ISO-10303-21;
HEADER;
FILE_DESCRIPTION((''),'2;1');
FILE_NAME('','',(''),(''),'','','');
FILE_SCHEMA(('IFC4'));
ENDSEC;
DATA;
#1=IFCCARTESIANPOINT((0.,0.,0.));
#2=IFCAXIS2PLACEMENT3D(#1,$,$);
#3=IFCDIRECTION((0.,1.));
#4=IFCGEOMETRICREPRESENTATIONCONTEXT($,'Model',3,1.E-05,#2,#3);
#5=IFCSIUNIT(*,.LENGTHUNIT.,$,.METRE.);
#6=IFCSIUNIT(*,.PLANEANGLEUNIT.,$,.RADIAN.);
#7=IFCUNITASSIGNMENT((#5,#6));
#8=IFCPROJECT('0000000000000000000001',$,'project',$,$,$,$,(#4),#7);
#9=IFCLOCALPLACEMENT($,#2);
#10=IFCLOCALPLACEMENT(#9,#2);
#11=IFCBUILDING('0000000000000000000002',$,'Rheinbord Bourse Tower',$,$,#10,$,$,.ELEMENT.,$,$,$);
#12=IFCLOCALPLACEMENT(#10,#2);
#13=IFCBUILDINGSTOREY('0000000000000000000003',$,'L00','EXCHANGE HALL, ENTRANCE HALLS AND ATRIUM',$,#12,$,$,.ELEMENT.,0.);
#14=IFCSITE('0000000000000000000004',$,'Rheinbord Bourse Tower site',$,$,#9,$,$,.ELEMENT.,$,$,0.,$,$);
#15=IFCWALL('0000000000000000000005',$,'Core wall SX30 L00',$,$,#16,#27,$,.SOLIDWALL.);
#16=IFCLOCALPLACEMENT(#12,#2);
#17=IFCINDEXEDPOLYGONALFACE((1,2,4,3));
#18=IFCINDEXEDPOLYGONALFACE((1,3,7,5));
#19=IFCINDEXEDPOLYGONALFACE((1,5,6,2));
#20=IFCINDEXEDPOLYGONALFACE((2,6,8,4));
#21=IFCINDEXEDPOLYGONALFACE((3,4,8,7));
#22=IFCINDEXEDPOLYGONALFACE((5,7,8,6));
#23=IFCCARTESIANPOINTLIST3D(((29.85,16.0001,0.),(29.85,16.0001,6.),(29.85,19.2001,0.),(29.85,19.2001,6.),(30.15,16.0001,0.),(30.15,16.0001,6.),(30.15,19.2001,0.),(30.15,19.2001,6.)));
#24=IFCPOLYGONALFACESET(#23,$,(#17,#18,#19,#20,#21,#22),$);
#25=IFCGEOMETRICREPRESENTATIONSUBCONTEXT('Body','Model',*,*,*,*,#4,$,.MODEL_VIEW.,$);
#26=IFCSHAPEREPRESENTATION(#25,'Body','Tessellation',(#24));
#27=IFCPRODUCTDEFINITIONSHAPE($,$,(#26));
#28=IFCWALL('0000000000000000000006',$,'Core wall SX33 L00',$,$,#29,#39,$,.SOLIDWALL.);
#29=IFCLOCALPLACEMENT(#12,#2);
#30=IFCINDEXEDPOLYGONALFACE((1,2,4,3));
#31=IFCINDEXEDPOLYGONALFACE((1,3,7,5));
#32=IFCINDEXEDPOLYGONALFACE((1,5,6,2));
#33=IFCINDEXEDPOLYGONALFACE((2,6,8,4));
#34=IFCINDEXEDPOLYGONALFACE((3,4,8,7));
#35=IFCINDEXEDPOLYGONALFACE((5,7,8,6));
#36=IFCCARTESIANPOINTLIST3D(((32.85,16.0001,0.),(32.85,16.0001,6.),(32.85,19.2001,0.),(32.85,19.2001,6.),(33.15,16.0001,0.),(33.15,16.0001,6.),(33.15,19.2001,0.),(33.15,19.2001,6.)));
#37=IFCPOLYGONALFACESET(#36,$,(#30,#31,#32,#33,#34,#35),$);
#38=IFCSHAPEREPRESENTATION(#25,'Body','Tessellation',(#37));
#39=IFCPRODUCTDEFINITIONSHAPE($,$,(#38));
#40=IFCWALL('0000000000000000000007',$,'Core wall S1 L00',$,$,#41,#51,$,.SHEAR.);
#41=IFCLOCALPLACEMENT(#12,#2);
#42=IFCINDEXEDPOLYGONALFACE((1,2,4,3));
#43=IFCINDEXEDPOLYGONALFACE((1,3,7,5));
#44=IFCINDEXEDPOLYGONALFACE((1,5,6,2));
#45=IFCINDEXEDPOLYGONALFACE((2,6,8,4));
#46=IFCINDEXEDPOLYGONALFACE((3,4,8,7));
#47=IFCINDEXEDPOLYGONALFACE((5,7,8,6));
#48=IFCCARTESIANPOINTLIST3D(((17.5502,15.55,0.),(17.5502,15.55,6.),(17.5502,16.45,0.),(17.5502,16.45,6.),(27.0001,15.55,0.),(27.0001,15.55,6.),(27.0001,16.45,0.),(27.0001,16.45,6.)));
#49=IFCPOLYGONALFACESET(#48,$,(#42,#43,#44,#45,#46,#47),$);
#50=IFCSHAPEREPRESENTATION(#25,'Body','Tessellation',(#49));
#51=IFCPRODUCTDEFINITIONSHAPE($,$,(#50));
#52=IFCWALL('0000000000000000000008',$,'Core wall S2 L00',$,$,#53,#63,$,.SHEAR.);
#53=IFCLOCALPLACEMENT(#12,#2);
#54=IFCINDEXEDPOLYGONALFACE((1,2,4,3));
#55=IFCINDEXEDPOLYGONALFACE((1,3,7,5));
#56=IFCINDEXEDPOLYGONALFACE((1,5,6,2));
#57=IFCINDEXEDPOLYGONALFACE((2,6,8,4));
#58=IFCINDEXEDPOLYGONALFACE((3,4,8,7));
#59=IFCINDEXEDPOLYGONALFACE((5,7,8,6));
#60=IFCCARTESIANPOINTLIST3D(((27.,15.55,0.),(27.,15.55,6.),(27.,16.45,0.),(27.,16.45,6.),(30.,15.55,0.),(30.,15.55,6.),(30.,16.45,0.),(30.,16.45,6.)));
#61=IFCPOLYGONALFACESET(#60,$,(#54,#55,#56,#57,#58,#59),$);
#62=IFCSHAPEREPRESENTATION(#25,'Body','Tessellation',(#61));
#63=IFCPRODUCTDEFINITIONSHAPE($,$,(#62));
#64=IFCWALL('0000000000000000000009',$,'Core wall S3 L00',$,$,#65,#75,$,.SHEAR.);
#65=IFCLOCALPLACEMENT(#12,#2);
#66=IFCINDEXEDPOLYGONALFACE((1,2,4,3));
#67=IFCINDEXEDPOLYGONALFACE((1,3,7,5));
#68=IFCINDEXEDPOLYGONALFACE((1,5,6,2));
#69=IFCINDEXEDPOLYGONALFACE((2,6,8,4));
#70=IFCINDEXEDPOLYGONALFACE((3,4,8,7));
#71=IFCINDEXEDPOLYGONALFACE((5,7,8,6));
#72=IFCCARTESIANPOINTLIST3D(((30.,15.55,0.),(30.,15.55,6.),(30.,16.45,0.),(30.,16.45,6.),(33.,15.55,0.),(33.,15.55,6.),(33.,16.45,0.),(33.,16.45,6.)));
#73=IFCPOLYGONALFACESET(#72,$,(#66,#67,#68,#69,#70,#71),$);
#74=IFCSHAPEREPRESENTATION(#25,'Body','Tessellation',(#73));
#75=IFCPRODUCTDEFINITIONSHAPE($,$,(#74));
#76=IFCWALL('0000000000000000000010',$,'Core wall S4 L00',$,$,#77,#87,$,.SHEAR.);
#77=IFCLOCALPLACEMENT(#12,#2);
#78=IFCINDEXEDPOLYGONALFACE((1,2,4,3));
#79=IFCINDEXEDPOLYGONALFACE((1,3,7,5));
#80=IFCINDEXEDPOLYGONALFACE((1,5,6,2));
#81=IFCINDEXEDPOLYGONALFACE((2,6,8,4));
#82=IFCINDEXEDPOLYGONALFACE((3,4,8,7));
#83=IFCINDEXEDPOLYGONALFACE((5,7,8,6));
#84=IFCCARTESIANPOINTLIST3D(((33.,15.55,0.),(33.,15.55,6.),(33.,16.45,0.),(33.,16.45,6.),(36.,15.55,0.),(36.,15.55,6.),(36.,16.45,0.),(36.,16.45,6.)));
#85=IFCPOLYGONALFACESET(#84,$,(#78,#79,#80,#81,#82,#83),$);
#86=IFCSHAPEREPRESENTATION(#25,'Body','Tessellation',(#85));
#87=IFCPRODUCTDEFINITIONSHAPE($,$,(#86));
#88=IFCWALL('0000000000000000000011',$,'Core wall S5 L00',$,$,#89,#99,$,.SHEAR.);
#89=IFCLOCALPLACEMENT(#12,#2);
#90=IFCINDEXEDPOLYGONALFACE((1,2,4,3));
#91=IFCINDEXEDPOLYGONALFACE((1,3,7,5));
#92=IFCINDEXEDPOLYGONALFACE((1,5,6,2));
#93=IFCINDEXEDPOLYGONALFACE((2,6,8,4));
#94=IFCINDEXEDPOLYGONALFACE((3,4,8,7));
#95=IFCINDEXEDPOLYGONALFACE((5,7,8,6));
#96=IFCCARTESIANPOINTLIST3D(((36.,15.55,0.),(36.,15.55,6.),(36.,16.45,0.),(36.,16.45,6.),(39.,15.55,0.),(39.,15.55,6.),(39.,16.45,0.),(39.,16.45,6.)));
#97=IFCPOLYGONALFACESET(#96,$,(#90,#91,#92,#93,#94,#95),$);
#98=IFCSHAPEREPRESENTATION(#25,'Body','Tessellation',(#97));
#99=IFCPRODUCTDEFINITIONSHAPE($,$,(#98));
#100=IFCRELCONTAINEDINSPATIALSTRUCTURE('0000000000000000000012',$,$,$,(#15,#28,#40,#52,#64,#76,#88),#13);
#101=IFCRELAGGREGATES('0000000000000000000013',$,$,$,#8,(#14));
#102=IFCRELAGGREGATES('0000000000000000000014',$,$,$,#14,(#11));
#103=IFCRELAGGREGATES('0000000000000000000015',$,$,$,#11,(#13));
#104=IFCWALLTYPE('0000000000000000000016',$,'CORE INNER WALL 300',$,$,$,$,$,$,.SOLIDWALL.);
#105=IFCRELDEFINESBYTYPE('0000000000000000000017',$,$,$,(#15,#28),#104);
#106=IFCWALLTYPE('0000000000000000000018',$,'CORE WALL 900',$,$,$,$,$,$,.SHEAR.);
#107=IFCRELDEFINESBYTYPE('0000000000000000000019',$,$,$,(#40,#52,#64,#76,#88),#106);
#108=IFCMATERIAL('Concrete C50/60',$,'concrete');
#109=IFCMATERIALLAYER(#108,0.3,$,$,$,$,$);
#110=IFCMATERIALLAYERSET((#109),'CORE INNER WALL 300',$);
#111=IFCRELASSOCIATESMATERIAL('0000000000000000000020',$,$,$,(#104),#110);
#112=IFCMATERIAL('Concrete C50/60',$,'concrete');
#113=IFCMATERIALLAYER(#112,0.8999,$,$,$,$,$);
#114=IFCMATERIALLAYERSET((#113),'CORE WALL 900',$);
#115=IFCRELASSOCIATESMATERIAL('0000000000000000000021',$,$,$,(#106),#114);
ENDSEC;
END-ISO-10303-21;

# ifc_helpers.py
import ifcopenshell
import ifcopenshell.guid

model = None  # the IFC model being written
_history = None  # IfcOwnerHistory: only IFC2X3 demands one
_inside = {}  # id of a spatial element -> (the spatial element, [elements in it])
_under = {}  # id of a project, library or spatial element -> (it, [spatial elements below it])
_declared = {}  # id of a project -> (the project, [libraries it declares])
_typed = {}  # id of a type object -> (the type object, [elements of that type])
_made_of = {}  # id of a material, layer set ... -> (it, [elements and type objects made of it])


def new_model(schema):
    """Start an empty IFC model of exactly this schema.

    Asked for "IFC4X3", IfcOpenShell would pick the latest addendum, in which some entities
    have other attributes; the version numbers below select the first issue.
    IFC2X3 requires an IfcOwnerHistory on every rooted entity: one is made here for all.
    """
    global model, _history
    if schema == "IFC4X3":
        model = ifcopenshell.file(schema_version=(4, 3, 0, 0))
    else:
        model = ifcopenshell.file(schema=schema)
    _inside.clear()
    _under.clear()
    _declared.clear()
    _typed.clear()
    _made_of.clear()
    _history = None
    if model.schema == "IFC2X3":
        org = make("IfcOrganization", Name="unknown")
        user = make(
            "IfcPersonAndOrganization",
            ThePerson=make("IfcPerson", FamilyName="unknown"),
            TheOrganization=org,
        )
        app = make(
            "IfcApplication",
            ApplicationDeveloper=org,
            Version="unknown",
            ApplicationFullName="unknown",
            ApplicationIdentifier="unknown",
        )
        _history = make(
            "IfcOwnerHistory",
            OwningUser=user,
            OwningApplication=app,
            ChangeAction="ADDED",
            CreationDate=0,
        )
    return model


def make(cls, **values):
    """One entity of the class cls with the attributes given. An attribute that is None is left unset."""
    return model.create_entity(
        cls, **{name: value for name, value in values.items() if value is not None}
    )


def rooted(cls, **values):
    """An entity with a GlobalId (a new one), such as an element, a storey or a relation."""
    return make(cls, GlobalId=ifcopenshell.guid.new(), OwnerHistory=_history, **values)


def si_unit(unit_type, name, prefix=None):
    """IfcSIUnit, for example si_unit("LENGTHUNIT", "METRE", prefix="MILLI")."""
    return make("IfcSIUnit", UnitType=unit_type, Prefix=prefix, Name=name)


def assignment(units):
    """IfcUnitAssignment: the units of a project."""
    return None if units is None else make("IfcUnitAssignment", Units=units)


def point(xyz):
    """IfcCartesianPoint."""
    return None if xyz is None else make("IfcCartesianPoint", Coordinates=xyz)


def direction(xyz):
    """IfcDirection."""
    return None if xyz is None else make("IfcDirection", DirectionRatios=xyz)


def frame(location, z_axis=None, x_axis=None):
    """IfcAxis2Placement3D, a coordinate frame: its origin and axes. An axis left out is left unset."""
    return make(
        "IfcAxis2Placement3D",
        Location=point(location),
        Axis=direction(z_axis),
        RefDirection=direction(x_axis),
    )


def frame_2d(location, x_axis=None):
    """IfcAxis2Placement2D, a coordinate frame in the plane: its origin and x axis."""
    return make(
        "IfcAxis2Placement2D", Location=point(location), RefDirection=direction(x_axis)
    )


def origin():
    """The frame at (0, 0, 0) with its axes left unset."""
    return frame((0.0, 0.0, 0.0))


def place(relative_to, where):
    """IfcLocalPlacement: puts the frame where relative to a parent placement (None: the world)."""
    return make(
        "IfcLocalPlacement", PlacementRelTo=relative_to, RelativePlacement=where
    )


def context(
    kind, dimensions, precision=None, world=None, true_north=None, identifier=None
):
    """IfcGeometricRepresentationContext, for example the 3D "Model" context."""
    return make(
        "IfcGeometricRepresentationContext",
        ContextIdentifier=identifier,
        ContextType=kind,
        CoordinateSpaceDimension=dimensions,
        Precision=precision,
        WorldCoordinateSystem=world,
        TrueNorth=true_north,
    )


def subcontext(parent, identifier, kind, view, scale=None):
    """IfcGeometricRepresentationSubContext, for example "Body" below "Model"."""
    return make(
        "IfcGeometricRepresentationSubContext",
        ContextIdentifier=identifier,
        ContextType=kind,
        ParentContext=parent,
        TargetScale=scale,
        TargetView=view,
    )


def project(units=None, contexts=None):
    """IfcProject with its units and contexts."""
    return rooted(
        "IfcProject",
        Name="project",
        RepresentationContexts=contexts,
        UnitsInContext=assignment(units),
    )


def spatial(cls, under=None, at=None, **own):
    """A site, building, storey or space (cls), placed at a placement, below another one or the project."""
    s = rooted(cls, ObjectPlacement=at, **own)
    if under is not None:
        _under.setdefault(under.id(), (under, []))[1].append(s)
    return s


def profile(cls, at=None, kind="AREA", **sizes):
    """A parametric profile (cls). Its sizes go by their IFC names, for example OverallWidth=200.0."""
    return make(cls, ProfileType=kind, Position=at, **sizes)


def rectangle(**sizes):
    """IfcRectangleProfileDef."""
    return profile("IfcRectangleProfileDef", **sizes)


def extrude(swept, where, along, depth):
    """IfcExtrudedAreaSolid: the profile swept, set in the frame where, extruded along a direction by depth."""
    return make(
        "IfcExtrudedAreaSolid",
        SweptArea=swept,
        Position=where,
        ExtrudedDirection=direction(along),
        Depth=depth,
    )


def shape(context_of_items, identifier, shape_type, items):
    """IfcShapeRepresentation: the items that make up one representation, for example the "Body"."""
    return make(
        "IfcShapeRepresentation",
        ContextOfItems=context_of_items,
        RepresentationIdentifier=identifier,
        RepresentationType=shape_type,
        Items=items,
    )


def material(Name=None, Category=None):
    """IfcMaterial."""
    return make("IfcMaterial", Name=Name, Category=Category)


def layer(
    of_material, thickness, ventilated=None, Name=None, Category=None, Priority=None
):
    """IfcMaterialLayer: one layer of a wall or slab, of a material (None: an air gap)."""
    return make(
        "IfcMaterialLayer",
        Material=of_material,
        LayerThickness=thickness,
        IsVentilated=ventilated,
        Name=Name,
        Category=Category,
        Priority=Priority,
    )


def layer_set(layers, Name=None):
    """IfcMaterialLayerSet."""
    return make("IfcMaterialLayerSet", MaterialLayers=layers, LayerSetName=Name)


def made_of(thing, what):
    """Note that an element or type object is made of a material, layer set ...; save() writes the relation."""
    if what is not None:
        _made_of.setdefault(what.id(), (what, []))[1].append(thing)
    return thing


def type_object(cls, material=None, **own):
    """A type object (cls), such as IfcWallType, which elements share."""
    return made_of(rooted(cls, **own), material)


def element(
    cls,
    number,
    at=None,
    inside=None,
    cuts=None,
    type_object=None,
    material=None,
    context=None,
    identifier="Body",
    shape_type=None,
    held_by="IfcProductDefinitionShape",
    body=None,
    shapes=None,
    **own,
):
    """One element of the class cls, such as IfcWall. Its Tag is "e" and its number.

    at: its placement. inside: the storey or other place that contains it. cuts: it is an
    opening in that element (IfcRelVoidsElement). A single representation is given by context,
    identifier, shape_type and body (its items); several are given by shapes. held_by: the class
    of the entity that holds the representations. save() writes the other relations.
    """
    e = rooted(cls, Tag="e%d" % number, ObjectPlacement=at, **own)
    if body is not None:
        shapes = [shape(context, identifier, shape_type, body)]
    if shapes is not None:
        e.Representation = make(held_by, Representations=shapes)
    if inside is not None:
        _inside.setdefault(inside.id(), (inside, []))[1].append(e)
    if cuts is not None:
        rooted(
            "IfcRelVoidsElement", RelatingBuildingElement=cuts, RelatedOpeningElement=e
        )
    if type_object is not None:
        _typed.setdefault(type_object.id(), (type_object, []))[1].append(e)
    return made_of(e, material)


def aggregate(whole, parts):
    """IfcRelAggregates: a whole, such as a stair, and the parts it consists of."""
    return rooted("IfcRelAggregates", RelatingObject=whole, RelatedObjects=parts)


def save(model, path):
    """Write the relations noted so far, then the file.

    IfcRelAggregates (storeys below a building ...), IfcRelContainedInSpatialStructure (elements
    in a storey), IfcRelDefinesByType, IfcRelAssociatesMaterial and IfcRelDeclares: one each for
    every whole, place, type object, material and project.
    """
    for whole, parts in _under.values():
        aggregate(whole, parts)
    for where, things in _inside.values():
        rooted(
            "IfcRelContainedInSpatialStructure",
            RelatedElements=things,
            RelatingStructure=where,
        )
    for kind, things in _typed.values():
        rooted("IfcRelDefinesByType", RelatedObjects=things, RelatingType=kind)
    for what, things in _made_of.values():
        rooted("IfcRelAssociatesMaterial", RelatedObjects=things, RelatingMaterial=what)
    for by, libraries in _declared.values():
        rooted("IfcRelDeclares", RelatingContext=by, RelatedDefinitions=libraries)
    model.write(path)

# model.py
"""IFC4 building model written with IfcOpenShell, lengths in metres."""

from ifc_helpers import new_model, si_unit, direction, frame, frame_2d, origin, place, context, subcontext, project, spatial, rectangle, extrude, material, layer, layer_set, type_object, element, save


model = new_model("IFC4")

# Units and contexts
model_context = context("Model", 3, precision=1e-05, world=origin(), true_north=direction((0.0, 1.0)))
body_context = subcontext(model_context, "Body", "Model", "MODEL_VIEW")
ifc_project = project(units=[si_unit("LENGTHUNIT", "METRE"), si_unit("PLANEANGLEUNIT", "RADIAN")], contexts=[model_context])

# Site, building, storey
site_placement = place(None, origin())
site = spatial("IfcSite", under=ifc_project, at=site_placement, Name="Rheinbord Bourse Tower site", CompositionType="ELEMENT", RefElevation=0.0)
building_placement = place(site_placement, origin())
building = spatial("IfcBuilding", under=site, at=building_placement, Name="Rheinbord Bourse Tower", CompositionType="ELEMENT")
storey_placement = place(building_placement, origin())
storey = spatial("IfcBuildingStorey", under=building, at=storey_placement, Name="L00", Description="EXCHANGE HALL, ENTRANCE HALLS AND ATRIUM", CompositionType="ELEMENT", Elevation=0.0)

# Walls
ifc_material_1 = material(Name="Concrete C50/60", Category="concrete")
ifc_layer_1 = layer(ifc_material_1, 0.3)
ifc_layer_set_1 = layer_set([ifc_layer_1], Name="CORE INNER WALL 300")
wall_type_1 = type_object("IfcWallType", Name="CORE INNER WALL 300", PredefinedType="SOLIDWALL", material=ifc_layer_set_1)
for number, where, z_axis, x_axis, name in (
    (1, (30.0, 16.0, 0.0), (0.0, 0.0, 1.0), (0.0, 1.0, 0.0), "Core wall SX30 L00"),
    (2, (33.0, 16.0, 0.0), (0.0, 0.0, 1.0), (0.0, 1.0, 0.0), "Core wall SX33 L00"),
):
    element("IfcWall", number, at=place(storey_placement, frame(where, z_axis=z_axis, x_axis=x_axis)), inside=storey, type_object=wall_type_1, Name=name, PredefinedType="SOLIDWALL", context=body_context, shape_type="SweptSolid", body=[
        extrude(rectangle(XDim=3.2, YDim=0.3, at=frame_2d((1.6001, 0.0))), origin(), (0.0, 0.0, 1.0), 6.0),
    ])
ifc_material_2 = material(Name="Concrete C50/60", Category="concrete")
ifc_layer_2 = layer(ifc_material_2, 0.8999)
ifc_layer_set_2 = layer_set([ifc_layer_2], Name="CORE WALL 900")
wall_type_2 = type_object("IfcWallType", Name="CORE WALL 900", PredefinedType="SHEAR", material=ifc_layer_set_2)
wall_placement = place(storey_placement, frame((17.55, 16.0, 0.0), z_axis=(0.0, 0.0, 1.0), x_axis=(1.0, 0.0, 0.0)))
element("IfcWall", 3, at=wall_placement, inside=storey, type_object=wall_type_2, Name="Core wall S1 L00", PredefinedType="SHEAR", context=body_context, shape_type="SweptSolid", body=[
    extrude(rectangle(XDim=9.45, YDim=0.8999, at=frame_2d((4.7251, 0.0))), origin(), (0.0, 0.0, 1.0), 6.0),
])
for number, where, z_axis, x_axis, name in (
    (4, (27.0, 16.0, 0.0), (0.0, 0.0, 1.0), (1.0, 0.0, 0.0), "Core wall S2 L00"),
    (5, (30.0, 16.0, 0.0), (0.0, 0.0, 1.0), (1.0, 0.0, 0.0), "Core wall S3 L00"),
    (6, (33.0, 16.0, 0.0), (0.0, 0.0, 1.0), (1.0, 0.0, 0.0), "Core wall S4 L00"),
    (7, (36.0, 16.0, 0.0), (0.0, 0.0, 1.0), (1.0, 0.0, 0.0), "Core wall S5 L00"),
):
    element("IfcWall", number, at=place(storey_placement, frame(where, z_axis=z_axis, x_axis=x_axis)), inside=storey, type_object=wall_type_2, Name=name, PredefinedType="SHEAR", context=body_context, shape_type="SweptSolid", body=[
        extrude(rectangle(XDim=3.0, YDim=0.8999, at=frame_2d((1.5, 0.0))), origin(), (0.0, 0.0, 1.0), 6.0),
    ])

save(model, "model.ifc")
